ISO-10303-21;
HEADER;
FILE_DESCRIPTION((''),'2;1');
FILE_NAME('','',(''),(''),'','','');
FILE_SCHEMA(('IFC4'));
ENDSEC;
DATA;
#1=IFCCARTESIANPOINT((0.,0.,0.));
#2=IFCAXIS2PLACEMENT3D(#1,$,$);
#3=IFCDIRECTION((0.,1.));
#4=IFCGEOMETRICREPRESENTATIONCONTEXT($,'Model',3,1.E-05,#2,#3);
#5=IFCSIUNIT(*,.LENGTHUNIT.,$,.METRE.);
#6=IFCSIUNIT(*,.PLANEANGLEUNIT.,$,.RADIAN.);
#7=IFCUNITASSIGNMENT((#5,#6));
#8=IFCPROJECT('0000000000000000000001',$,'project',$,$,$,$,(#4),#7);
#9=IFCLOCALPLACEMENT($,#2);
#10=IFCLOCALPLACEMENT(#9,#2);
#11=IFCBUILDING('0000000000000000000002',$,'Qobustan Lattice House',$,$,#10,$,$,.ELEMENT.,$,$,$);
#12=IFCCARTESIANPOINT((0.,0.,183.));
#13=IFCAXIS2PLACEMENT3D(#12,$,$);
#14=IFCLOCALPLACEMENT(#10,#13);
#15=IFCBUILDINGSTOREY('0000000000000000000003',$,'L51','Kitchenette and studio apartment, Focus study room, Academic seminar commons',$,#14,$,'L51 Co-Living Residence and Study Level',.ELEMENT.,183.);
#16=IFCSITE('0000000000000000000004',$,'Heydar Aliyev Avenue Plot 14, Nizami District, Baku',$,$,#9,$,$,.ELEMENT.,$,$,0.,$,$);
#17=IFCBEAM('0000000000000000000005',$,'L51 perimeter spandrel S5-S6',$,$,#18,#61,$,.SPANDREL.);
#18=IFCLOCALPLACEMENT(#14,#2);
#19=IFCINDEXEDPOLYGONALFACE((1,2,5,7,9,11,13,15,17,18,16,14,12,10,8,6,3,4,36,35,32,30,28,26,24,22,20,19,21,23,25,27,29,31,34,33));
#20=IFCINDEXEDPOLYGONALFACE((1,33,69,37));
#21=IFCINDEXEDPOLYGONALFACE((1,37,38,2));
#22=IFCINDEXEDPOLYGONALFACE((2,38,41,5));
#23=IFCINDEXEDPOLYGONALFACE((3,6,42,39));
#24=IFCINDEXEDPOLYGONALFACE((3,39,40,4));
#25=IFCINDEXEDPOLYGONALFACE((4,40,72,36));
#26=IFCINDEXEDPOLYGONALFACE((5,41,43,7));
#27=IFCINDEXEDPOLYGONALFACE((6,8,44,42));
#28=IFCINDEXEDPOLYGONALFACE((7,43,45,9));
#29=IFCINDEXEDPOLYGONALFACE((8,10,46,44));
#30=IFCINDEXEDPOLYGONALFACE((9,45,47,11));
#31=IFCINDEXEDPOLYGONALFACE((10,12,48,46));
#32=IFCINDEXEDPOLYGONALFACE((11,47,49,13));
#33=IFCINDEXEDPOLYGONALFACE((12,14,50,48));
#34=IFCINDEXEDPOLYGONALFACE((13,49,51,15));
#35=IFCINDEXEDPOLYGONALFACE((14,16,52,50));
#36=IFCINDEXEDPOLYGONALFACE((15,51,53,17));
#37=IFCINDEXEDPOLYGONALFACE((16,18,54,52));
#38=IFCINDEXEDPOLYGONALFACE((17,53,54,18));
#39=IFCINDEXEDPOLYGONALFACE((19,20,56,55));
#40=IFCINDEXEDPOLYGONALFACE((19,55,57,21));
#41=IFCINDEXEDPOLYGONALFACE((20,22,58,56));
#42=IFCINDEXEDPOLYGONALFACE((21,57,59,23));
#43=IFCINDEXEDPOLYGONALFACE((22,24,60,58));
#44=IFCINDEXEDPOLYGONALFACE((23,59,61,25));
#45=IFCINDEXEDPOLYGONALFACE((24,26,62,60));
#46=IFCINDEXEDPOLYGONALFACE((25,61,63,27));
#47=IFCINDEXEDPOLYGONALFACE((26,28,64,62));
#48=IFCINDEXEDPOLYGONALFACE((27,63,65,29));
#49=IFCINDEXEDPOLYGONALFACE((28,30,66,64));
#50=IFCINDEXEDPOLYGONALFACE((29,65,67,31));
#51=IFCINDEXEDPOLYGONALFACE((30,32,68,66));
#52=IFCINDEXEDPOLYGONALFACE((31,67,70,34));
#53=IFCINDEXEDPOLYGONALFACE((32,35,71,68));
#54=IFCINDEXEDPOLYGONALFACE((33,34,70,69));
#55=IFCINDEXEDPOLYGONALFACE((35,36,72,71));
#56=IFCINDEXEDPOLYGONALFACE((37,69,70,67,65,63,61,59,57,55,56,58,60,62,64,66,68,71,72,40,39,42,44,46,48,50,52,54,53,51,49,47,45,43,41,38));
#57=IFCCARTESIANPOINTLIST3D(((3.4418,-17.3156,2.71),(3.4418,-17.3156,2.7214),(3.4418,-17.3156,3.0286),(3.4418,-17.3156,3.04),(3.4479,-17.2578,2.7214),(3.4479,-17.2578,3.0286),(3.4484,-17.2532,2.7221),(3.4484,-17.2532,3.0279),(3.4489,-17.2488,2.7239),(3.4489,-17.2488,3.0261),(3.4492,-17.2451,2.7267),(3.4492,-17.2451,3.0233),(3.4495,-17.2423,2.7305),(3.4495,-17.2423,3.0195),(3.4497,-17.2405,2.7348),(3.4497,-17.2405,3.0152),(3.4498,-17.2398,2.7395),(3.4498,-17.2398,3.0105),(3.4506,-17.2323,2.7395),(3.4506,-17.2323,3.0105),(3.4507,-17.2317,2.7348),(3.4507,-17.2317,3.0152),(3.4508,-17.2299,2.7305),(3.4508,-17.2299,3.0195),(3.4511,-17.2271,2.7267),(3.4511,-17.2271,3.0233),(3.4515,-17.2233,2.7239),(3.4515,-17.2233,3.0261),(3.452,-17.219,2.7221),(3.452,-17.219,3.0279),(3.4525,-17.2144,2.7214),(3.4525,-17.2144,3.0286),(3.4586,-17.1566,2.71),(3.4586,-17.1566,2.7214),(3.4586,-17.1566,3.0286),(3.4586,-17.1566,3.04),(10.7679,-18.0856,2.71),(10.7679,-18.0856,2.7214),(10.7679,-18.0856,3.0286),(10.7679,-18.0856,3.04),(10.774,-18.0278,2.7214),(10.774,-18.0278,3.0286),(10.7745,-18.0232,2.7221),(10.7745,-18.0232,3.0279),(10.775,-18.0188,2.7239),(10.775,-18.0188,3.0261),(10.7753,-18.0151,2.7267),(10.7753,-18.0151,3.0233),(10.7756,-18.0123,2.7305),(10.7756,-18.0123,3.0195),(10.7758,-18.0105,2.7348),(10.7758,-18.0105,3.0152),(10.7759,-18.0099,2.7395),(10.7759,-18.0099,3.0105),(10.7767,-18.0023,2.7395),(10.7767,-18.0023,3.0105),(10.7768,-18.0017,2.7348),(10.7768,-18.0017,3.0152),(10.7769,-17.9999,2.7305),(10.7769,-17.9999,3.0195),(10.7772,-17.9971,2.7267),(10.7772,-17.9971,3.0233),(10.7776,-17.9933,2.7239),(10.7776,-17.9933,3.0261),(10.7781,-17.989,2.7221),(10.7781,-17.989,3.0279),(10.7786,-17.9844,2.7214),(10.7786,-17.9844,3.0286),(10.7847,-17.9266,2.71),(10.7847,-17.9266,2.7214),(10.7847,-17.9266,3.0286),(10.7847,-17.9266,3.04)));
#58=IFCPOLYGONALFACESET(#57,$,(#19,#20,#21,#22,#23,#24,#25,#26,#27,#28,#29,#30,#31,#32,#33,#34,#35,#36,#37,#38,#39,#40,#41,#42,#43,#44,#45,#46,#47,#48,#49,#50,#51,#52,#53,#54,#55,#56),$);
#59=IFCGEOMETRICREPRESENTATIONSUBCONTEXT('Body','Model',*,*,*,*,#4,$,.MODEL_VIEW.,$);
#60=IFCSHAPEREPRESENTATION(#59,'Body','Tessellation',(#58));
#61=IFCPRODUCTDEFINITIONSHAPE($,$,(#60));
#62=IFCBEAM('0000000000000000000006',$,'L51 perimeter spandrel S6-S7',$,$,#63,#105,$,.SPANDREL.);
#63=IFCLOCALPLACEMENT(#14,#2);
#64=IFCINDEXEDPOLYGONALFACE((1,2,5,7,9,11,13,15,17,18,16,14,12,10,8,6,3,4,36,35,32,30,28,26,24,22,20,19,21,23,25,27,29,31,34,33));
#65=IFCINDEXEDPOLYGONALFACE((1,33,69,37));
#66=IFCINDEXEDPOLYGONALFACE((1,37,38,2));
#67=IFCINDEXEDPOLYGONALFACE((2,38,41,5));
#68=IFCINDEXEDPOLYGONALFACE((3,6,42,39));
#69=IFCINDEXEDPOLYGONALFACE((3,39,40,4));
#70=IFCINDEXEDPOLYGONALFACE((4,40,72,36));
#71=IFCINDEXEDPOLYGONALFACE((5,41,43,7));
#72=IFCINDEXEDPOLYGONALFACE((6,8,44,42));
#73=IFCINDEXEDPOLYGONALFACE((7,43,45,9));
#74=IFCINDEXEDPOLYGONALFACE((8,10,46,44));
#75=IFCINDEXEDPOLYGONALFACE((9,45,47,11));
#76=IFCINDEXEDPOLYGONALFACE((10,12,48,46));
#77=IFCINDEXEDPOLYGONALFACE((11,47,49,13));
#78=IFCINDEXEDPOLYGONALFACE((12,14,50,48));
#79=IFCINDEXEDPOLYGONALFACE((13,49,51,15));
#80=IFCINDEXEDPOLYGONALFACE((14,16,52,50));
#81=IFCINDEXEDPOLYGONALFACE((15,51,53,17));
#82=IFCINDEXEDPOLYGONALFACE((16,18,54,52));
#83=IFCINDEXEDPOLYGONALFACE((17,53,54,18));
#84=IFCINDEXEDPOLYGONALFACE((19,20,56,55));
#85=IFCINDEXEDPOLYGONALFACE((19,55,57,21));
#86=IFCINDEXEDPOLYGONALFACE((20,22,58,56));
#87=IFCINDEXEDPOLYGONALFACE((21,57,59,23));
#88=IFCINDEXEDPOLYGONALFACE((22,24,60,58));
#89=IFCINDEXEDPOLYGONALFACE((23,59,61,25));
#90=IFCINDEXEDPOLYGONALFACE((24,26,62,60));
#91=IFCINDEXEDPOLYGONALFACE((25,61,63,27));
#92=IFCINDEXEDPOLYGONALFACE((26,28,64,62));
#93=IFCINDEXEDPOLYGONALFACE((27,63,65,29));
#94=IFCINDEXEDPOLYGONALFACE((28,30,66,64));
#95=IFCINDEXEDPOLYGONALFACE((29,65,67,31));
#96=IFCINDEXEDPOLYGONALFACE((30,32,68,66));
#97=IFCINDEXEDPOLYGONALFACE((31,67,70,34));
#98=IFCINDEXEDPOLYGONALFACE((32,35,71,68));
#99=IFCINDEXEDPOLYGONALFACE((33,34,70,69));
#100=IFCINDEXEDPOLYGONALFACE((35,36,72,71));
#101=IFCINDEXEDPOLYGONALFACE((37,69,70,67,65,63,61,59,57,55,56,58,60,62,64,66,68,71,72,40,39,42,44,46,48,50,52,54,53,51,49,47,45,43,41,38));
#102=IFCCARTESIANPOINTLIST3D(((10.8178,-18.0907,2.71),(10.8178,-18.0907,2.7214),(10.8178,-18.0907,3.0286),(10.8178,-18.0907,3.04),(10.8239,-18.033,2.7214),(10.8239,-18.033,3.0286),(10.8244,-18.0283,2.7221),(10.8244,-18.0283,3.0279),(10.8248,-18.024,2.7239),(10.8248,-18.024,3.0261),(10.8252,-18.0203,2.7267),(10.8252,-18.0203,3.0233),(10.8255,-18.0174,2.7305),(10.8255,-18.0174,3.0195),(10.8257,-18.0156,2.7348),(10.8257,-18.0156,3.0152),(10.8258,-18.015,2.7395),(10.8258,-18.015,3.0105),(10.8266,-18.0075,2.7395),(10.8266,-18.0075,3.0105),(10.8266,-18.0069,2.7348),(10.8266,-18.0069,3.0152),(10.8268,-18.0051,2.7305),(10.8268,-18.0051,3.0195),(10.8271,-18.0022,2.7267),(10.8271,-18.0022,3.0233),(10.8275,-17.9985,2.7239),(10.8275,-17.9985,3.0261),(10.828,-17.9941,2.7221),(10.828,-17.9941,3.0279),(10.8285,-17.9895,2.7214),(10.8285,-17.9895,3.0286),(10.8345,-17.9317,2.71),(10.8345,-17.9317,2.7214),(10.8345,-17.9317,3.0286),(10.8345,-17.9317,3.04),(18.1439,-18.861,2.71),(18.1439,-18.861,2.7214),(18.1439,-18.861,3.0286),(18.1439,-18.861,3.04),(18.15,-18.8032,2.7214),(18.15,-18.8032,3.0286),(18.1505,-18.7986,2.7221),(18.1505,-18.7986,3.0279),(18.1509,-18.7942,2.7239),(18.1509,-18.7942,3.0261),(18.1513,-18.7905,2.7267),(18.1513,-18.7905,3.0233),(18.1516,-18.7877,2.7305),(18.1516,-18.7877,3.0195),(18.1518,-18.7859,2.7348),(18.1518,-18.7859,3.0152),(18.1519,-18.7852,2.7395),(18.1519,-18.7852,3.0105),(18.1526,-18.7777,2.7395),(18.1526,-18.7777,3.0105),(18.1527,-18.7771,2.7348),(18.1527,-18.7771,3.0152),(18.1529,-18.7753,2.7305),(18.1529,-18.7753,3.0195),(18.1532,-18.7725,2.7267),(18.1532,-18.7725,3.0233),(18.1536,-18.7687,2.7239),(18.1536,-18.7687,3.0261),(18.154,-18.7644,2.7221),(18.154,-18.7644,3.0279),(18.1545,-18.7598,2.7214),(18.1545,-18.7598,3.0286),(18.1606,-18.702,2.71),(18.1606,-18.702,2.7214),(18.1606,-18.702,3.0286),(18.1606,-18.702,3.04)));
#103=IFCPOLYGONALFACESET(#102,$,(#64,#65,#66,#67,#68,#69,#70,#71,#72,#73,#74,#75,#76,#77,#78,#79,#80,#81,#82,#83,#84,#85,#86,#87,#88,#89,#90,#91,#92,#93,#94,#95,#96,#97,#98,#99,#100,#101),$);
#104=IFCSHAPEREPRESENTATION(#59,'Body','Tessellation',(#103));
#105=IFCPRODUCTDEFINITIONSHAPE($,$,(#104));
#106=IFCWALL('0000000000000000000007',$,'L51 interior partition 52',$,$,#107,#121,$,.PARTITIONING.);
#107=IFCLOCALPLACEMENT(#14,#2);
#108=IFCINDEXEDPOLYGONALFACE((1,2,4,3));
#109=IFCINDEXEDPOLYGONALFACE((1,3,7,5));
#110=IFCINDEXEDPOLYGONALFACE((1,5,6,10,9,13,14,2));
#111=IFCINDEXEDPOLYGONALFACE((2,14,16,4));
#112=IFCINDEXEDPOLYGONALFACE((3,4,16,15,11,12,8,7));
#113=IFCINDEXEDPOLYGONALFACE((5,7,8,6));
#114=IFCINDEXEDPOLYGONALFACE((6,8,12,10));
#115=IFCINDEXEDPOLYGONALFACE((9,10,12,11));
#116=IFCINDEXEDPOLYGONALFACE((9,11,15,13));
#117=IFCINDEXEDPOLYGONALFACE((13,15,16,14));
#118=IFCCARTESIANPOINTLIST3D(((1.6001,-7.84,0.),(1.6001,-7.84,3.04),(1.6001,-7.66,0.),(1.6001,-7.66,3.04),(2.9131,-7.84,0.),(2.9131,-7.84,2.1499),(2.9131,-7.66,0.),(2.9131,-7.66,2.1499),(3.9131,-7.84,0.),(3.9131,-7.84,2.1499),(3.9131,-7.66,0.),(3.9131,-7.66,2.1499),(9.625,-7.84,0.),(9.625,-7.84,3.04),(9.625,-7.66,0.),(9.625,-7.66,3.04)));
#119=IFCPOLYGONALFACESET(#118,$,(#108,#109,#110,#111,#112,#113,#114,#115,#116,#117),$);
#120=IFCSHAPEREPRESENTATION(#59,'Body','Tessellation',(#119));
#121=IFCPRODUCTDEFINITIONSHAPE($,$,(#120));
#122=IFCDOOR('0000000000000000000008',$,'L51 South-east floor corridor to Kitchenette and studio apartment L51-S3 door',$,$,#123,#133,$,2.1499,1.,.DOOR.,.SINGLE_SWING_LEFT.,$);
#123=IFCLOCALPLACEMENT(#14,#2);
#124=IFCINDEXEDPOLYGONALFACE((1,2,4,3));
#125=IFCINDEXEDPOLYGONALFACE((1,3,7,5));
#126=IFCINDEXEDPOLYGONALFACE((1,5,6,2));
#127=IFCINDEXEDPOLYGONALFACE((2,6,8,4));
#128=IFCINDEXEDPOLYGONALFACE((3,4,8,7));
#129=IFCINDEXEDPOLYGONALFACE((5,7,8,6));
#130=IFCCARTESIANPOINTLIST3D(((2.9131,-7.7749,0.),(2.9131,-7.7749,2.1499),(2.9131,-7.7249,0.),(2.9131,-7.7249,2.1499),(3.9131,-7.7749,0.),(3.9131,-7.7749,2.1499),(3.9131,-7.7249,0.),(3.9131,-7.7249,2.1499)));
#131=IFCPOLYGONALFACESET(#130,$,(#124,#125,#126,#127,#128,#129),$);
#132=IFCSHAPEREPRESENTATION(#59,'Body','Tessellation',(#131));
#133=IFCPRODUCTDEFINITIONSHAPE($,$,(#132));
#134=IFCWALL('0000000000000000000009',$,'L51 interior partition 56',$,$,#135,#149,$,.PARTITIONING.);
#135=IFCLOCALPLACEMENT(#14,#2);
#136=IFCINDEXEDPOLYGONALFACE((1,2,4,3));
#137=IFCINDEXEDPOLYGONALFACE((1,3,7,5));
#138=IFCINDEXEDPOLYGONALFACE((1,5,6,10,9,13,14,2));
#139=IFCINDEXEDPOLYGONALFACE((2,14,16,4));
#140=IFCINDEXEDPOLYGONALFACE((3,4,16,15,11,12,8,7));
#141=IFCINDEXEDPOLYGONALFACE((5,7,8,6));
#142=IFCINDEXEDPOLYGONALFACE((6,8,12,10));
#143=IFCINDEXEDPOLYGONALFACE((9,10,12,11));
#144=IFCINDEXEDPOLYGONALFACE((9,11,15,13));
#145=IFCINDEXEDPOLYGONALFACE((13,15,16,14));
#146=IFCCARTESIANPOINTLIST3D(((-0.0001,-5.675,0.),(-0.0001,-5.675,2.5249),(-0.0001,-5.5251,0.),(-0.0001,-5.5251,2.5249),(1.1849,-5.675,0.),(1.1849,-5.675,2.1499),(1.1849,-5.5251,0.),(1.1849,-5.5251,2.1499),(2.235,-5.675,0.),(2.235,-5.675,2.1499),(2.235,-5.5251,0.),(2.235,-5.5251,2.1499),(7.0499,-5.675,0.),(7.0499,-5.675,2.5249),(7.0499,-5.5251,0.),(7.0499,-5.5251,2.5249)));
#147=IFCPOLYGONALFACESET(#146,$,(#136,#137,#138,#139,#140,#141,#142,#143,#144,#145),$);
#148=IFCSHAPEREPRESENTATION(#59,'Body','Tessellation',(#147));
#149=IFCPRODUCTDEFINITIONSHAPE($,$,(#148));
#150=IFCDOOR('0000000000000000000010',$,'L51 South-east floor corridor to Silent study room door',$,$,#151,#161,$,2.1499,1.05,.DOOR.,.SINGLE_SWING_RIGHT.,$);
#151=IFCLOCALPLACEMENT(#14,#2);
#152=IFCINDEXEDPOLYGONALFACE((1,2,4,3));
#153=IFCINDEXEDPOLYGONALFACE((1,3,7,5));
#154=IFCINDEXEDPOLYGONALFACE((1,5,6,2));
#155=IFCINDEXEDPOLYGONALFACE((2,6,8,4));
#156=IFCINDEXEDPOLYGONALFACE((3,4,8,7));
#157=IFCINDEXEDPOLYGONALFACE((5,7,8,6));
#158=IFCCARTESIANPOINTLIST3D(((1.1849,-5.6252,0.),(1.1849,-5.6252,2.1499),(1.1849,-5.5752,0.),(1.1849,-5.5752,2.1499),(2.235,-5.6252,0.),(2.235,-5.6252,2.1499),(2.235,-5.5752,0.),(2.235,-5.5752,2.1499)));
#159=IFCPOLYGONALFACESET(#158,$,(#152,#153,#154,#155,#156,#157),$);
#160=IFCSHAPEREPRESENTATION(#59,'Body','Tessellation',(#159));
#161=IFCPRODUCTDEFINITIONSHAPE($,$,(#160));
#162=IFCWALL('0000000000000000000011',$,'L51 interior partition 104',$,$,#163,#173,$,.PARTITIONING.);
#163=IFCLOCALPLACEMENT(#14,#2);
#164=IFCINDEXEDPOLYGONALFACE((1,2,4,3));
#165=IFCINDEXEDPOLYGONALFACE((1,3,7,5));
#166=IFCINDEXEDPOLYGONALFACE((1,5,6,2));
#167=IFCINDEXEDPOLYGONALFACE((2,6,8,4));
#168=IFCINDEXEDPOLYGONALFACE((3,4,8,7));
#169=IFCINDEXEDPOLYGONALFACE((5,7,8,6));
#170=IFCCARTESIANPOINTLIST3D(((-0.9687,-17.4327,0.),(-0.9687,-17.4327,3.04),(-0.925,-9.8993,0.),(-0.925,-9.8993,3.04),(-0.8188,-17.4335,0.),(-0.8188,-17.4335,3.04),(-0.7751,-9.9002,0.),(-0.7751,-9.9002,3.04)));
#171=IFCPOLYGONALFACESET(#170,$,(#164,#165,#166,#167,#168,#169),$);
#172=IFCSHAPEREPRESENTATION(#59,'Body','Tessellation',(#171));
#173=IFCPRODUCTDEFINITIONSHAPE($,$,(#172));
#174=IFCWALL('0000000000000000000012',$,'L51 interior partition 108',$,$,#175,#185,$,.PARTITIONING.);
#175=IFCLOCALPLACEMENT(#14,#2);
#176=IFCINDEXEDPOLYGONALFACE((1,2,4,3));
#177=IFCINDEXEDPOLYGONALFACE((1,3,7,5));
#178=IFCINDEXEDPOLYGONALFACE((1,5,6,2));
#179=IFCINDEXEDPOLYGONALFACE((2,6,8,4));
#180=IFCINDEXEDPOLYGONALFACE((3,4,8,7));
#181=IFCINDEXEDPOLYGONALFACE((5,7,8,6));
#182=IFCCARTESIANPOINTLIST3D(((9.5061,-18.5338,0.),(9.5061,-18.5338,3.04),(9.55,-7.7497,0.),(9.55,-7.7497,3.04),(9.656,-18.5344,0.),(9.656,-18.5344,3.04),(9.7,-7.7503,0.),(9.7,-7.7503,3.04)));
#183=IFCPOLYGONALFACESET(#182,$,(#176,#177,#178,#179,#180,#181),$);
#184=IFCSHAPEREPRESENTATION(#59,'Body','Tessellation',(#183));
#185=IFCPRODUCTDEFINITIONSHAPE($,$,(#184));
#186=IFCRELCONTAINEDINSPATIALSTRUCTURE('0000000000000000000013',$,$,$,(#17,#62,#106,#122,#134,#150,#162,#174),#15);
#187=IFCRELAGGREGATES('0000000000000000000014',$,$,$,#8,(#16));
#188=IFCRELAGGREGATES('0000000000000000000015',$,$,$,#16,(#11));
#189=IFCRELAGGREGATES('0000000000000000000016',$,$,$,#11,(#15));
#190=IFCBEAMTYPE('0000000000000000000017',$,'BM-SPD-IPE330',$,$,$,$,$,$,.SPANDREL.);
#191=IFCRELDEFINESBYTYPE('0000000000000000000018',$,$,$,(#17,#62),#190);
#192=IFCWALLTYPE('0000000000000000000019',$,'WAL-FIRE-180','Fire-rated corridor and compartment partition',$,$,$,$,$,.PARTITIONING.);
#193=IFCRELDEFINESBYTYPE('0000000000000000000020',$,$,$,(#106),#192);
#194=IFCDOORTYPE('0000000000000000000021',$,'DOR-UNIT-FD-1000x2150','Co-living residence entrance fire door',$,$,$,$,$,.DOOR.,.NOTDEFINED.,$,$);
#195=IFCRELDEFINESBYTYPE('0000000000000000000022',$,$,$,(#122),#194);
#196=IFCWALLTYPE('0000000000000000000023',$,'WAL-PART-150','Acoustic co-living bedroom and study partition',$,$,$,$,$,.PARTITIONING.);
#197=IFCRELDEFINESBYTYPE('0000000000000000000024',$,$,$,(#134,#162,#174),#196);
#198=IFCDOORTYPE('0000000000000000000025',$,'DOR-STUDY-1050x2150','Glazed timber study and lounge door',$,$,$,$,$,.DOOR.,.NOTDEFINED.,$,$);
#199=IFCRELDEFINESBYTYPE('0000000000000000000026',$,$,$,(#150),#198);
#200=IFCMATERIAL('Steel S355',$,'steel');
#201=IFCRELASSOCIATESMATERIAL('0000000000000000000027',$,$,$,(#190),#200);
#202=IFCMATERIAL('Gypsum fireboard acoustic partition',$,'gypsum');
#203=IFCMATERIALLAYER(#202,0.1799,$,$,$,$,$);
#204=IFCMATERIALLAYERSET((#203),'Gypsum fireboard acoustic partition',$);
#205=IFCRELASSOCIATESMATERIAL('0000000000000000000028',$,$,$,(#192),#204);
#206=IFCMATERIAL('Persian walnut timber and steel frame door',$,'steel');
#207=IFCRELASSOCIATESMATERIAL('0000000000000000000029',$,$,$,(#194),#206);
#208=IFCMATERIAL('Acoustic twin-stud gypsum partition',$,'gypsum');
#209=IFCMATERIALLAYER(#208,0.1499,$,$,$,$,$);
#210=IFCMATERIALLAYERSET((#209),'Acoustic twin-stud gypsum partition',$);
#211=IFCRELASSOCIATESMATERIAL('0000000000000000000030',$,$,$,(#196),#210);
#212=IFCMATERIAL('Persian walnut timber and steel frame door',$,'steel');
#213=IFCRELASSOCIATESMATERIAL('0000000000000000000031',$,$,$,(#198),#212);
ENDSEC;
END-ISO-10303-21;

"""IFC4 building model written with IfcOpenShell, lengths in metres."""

from ifc_helpers import new_model, si_unit, direction, frame, frame_2d, origin, origin_2d, place, context, subcontext, project, spatial, rectangle, i_section, extrude, material, layer, layer_set, material_profile, profile_set, type_object, element, fill, save


model = new_model("IFC4")

# Units and contexts
model_context = context("Model", 3, precision=1e-05, world=origin(), true_north=direction((0.0, 1.0)))
body_context = subcontext(model_context, "Body", "Model", "MODEL_VIEW")
ifc_project = project(units=[si_unit("LENGTHUNIT", "METRE"), si_unit("PLANEANGLEUNIT", "RADIAN")], contexts=[model_context])

# Site, building, storey
site_placement = place(None, origin())
site = spatial("IfcSite", under=ifc_project, at=site_placement, Name="Heydar Aliyev Avenue Plot 14, Nizami District, Baku", CompositionType="ELEMENT", RefElevation=0.0)
building_placement = place(site_placement, origin())
building = spatial("IfcBuilding", under=site, at=building_placement, Name="Qobustan Lattice House", CompositionType="ELEMENT")
storey_placement = place(building_placement, frame((0.0, 0.0, 183.0)))
storey = spatial("IfcBuildingStorey", under=building, at=storey_placement, Name="L51", Description="Kitchenette and studio apartment, Focus study room, Academic seminar commons", LongName="L51 Co-Living Residence and Study Level", CompositionType="ELEMENT", Elevation=183.0)

# Beams
ifc_material_1 = material(Name="Steel S355", Category="steel")
ifc_material_profile_1 = material_profile(ifc_material_1, i_section(OverallWidth=0.1599, OverallDepth=0.3301, WebThickness=0.0076, FlangeThickness=0.0115, FilletRadius=0.0181, at=origin_2d()), Name="IPE330")
ifc_profile_set_1 = profile_set([ifc_material_profile_1], Name="Steel S355")
beam_type_1 = type_object("IfcBeamType", Name="BM-SPD-IPE330", PredefinedType="SPANDREL", material=ifc_profile_set_1)
for number, where, z_axis, x_axis, name in (
    (1, (3.4502, -17.2361, 2.875), (0.994522, -0.10453, 0.0), (0.10453, 0.994522, 0.0), "L51 perimeter spandrel S5-S6"),
    (2, (10.8262, -18.0112, 2.875), (0.994518, -0.104562, 0.0), (0.104562, 0.994518, 0.0), "L51 perimeter spandrel S6-S7"),
):
    element("IfcBeam", number, at=place(storey_placement, frame(where, z_axis=z_axis, x_axis=x_axis)), inside=storey, type_object=beam_type_1, Name=name, PredefinedType="SPANDREL", context=body_context, shape_type="SweptSolid", body=[
        extrude(i_section(OverallWidth=0.1599, OverallDepth=0.3301, WebThickness=0.0076, FlangeThickness=0.0115, FilletRadius=0.0181, at=origin_2d()), origin(), (0.0, 0.0, 1.0), 7.3665),
    ])

# Walls, openings, doors
ifc_material_2 = material(Name="Gypsum fireboard acoustic partition", Category="gypsum")
ifc_layer_1 = layer(ifc_material_2, 0.1799)
ifc_layer_set_1 = layer_set([ifc_layer_1], Name="Gypsum fireboard acoustic partition")
wall_type_1 = type_object("IfcWallType", Name="WAL-FIRE-180", Description="Fire-rated corridor and compartment partition", PredefinedType="PARTITIONING", material=ifc_layer_set_1)
wall_1_placement = place(storey_placement, frame((9.625, -7.75, 0.0), z_axis=(0.0, 0.0, 1.0), x_axis=(-1.0, 0.0, 0.0)))
wall_1 = element("IfcWall", 3, at=wall_1_placement, inside=storey, type_object=wall_type_1, Name="L51 interior partition 52", PredefinedType="PARTITIONING", context=body_context, shape_type="SweptSolid", body=[
    extrude(rectangle(XDim=8.0249, YDim=0.1799, at=frame_2d((4.0125, 0.0))), origin(), (0.0, 0.0, 1.0), 3.04),
])
opening_1_placement = place(wall_1_placement, frame((5.7119, 0.0, 0.0)))
opening_1 = element("IfcOpeningElement", 4, at=opening_1_placement, cuts=wall_1, PredefinedType="OPENING", context=body_context, shape_type="SweptSolid", body=[
    extrude(rectangle(XDim=1.0, YDim=2.1499, at=frame_2d((0.5, 1.075))), frame((0.0, 0.0999, 0.0), z_axis=(0.0, -1.0, 0.0), x_axis=(1.0, 0.0, 0.0)), (0.0, 0.0, 1.0), 0.2),
])
ifc_material_3 = material(Name="Persian walnut timber and steel frame door", Category="steel")
door_type_1 = type_object("IfcDoorType", Name="DOR-UNIT-FD-1000x2150", Description="Co-living residence entrance fire door", OperationType="NOTDEFINED", PredefinedType="DOOR", material=ifc_material_3)
door_1_placement = place(opening_1_placement, origin())
door_1 = element("IfcDoor", 5, at=door_1_placement, inside=storey, type_object=door_type_1, Name="L51 South-east floor corridor to Kitchenette and studio apartment L51-S3 door", OperationType="SINGLE_SWING_LEFT", OverallHeight=2.1499, OverallWidth=1.0, PredefinedType="DOOR", context=body_context, shape_type="SweptSolid", body=[
    extrude(rectangle(XDim=1.0, YDim=2.1499, at=frame_2d((0.5, 1.075))), frame((0.0, 0.0249, 0.0), z_axis=(0.0, -1.0, 0.0), x_axis=(1.0, 0.0, 0.0)), (0.0, 0.0, 1.0), 0.05),
])
fill(opening_1, door_1)
ifc_material_4 = material(Name="Acoustic twin-stud gypsum partition", Category="gypsum")
ifc_layer_2 = layer(ifc_material_4, 0.1499)
ifc_layer_set_2 = layer_set([ifc_layer_2], Name="Acoustic twin-stud gypsum partition")
wall_type_2 = type_object("IfcWallType", Name="WAL-PART-150", Description="Acoustic co-living bedroom and study partition", PredefinedType="PARTITIONING", material=ifc_layer_set_2)
wall_2_placement = place(storey_placement, frame((0.0, -5.6001, 0.0), z_axis=(0.0, 0.0, 1.0), x_axis=(1.0, 0.0, 0.0)))
wall_2 = element("IfcWall", 6, at=wall_2_placement, inside=storey, type_object=wall_type_2, Name="L51 interior partition 56", PredefinedType="PARTITIONING", context=body_context, shape_type="SweptSolid", body=[
    extrude(rectangle(XDim=7.05, YDim=0.1499, at=frame_2d((3.5249, 0.0))), origin(), (0.0, 0.0, 1.0), 2.5249),
])
opening_2_placement = place(wall_2_placement, frame((1.1851, 0.0, 0.0)))
opening_2 = element("IfcOpeningElement", 7, at=opening_2_placement, cuts=wall_2, PredefinedType="OPENING", context=body_context, shape_type="SweptSolid", body=[
    extrude(rectangle(XDim=1.05, YDim=2.1499, at=frame_2d((0.5249, 1.075))), frame((0.0, 0.085, 0.0), z_axis=(0.0, -1.0, 0.0), x_axis=(1.0, 0.0, 0.0)), (0.0, 0.0, 1.0), 0.1699),
])
ifc_material_5 = material(Name="Persian walnut timber and steel frame door", Category="steel")
door_type_2 = type_object("IfcDoorType", Name="DOR-STUDY-1050x2150", Description="Glazed timber study and lounge door", OperationType="NOTDEFINED", PredefinedType="DOOR", material=ifc_material_5)
door_2_placement = place(opening_2_placement, origin())
door_2 = element("IfcDoor", 8, at=door_2_placement, inside=storey, type_object=door_type_2, Name="L51 South-east floor corridor to Silent study room door", OperationType="SINGLE_SWING_RIGHT", OverallHeight=2.1499, OverallWidth=1.05, PredefinedType="DOOR", context=body_context, shape_type="SweptSolid", body=[
    extrude(rectangle(XDim=1.05, YDim=2.1499, at=frame_2d((0.5249, 1.075))), frame((0.0, 0.0249, 0.0), z_axis=(0.0, -1.0, 0.0), x_axis=(1.0, 0.0, 0.0)), (0.0, 0.0, 1.0), 0.05),
])
fill(opening_2, door_2)

# Walls
wall_3_placement = place(storey_placement, frame((-0.8501, -9.8999, 0.0), z_axis=(0.0, 0.0, 1.0), x_axis=(-0.005801, -0.999983, 0.0)))
element("IfcWall", 9, at=wall_3_placement, inside=storey, type_object=wall_type_2, Name="L51 interior partition 104", PredefinedType="PARTITIONING", context=body_context, shape_type="SweptSolid", body=[
    extrude(rectangle(XDim=7.5334, YDim=0.1499, at=frame_2d((3.7666, 0.0))), origin(), (0.0, 0.0, 1.0), 3.04),
])
wall_4_placement = place(storey_placement, frame((9.625, -7.75, 0.0), z_axis=(0.0, 0.0, 1.0), x_axis=(-0.004075, -0.999992, 0.0)))
element("IfcWall", 10, at=wall_4_placement, inside=storey, type_object=wall_type_2, Name="L51 interior partition 108", PredefinedType="PARTITIONING", context=body_context, shape_type="SweptSolid", body=[
    extrude(rectangle(XDim=10.7842, YDim=0.1499, at=frame_2d((5.3921, 0.0))), origin(), (0.0, 0.0, 1.0), 3.04),
])

save(model, "model.ifc")
